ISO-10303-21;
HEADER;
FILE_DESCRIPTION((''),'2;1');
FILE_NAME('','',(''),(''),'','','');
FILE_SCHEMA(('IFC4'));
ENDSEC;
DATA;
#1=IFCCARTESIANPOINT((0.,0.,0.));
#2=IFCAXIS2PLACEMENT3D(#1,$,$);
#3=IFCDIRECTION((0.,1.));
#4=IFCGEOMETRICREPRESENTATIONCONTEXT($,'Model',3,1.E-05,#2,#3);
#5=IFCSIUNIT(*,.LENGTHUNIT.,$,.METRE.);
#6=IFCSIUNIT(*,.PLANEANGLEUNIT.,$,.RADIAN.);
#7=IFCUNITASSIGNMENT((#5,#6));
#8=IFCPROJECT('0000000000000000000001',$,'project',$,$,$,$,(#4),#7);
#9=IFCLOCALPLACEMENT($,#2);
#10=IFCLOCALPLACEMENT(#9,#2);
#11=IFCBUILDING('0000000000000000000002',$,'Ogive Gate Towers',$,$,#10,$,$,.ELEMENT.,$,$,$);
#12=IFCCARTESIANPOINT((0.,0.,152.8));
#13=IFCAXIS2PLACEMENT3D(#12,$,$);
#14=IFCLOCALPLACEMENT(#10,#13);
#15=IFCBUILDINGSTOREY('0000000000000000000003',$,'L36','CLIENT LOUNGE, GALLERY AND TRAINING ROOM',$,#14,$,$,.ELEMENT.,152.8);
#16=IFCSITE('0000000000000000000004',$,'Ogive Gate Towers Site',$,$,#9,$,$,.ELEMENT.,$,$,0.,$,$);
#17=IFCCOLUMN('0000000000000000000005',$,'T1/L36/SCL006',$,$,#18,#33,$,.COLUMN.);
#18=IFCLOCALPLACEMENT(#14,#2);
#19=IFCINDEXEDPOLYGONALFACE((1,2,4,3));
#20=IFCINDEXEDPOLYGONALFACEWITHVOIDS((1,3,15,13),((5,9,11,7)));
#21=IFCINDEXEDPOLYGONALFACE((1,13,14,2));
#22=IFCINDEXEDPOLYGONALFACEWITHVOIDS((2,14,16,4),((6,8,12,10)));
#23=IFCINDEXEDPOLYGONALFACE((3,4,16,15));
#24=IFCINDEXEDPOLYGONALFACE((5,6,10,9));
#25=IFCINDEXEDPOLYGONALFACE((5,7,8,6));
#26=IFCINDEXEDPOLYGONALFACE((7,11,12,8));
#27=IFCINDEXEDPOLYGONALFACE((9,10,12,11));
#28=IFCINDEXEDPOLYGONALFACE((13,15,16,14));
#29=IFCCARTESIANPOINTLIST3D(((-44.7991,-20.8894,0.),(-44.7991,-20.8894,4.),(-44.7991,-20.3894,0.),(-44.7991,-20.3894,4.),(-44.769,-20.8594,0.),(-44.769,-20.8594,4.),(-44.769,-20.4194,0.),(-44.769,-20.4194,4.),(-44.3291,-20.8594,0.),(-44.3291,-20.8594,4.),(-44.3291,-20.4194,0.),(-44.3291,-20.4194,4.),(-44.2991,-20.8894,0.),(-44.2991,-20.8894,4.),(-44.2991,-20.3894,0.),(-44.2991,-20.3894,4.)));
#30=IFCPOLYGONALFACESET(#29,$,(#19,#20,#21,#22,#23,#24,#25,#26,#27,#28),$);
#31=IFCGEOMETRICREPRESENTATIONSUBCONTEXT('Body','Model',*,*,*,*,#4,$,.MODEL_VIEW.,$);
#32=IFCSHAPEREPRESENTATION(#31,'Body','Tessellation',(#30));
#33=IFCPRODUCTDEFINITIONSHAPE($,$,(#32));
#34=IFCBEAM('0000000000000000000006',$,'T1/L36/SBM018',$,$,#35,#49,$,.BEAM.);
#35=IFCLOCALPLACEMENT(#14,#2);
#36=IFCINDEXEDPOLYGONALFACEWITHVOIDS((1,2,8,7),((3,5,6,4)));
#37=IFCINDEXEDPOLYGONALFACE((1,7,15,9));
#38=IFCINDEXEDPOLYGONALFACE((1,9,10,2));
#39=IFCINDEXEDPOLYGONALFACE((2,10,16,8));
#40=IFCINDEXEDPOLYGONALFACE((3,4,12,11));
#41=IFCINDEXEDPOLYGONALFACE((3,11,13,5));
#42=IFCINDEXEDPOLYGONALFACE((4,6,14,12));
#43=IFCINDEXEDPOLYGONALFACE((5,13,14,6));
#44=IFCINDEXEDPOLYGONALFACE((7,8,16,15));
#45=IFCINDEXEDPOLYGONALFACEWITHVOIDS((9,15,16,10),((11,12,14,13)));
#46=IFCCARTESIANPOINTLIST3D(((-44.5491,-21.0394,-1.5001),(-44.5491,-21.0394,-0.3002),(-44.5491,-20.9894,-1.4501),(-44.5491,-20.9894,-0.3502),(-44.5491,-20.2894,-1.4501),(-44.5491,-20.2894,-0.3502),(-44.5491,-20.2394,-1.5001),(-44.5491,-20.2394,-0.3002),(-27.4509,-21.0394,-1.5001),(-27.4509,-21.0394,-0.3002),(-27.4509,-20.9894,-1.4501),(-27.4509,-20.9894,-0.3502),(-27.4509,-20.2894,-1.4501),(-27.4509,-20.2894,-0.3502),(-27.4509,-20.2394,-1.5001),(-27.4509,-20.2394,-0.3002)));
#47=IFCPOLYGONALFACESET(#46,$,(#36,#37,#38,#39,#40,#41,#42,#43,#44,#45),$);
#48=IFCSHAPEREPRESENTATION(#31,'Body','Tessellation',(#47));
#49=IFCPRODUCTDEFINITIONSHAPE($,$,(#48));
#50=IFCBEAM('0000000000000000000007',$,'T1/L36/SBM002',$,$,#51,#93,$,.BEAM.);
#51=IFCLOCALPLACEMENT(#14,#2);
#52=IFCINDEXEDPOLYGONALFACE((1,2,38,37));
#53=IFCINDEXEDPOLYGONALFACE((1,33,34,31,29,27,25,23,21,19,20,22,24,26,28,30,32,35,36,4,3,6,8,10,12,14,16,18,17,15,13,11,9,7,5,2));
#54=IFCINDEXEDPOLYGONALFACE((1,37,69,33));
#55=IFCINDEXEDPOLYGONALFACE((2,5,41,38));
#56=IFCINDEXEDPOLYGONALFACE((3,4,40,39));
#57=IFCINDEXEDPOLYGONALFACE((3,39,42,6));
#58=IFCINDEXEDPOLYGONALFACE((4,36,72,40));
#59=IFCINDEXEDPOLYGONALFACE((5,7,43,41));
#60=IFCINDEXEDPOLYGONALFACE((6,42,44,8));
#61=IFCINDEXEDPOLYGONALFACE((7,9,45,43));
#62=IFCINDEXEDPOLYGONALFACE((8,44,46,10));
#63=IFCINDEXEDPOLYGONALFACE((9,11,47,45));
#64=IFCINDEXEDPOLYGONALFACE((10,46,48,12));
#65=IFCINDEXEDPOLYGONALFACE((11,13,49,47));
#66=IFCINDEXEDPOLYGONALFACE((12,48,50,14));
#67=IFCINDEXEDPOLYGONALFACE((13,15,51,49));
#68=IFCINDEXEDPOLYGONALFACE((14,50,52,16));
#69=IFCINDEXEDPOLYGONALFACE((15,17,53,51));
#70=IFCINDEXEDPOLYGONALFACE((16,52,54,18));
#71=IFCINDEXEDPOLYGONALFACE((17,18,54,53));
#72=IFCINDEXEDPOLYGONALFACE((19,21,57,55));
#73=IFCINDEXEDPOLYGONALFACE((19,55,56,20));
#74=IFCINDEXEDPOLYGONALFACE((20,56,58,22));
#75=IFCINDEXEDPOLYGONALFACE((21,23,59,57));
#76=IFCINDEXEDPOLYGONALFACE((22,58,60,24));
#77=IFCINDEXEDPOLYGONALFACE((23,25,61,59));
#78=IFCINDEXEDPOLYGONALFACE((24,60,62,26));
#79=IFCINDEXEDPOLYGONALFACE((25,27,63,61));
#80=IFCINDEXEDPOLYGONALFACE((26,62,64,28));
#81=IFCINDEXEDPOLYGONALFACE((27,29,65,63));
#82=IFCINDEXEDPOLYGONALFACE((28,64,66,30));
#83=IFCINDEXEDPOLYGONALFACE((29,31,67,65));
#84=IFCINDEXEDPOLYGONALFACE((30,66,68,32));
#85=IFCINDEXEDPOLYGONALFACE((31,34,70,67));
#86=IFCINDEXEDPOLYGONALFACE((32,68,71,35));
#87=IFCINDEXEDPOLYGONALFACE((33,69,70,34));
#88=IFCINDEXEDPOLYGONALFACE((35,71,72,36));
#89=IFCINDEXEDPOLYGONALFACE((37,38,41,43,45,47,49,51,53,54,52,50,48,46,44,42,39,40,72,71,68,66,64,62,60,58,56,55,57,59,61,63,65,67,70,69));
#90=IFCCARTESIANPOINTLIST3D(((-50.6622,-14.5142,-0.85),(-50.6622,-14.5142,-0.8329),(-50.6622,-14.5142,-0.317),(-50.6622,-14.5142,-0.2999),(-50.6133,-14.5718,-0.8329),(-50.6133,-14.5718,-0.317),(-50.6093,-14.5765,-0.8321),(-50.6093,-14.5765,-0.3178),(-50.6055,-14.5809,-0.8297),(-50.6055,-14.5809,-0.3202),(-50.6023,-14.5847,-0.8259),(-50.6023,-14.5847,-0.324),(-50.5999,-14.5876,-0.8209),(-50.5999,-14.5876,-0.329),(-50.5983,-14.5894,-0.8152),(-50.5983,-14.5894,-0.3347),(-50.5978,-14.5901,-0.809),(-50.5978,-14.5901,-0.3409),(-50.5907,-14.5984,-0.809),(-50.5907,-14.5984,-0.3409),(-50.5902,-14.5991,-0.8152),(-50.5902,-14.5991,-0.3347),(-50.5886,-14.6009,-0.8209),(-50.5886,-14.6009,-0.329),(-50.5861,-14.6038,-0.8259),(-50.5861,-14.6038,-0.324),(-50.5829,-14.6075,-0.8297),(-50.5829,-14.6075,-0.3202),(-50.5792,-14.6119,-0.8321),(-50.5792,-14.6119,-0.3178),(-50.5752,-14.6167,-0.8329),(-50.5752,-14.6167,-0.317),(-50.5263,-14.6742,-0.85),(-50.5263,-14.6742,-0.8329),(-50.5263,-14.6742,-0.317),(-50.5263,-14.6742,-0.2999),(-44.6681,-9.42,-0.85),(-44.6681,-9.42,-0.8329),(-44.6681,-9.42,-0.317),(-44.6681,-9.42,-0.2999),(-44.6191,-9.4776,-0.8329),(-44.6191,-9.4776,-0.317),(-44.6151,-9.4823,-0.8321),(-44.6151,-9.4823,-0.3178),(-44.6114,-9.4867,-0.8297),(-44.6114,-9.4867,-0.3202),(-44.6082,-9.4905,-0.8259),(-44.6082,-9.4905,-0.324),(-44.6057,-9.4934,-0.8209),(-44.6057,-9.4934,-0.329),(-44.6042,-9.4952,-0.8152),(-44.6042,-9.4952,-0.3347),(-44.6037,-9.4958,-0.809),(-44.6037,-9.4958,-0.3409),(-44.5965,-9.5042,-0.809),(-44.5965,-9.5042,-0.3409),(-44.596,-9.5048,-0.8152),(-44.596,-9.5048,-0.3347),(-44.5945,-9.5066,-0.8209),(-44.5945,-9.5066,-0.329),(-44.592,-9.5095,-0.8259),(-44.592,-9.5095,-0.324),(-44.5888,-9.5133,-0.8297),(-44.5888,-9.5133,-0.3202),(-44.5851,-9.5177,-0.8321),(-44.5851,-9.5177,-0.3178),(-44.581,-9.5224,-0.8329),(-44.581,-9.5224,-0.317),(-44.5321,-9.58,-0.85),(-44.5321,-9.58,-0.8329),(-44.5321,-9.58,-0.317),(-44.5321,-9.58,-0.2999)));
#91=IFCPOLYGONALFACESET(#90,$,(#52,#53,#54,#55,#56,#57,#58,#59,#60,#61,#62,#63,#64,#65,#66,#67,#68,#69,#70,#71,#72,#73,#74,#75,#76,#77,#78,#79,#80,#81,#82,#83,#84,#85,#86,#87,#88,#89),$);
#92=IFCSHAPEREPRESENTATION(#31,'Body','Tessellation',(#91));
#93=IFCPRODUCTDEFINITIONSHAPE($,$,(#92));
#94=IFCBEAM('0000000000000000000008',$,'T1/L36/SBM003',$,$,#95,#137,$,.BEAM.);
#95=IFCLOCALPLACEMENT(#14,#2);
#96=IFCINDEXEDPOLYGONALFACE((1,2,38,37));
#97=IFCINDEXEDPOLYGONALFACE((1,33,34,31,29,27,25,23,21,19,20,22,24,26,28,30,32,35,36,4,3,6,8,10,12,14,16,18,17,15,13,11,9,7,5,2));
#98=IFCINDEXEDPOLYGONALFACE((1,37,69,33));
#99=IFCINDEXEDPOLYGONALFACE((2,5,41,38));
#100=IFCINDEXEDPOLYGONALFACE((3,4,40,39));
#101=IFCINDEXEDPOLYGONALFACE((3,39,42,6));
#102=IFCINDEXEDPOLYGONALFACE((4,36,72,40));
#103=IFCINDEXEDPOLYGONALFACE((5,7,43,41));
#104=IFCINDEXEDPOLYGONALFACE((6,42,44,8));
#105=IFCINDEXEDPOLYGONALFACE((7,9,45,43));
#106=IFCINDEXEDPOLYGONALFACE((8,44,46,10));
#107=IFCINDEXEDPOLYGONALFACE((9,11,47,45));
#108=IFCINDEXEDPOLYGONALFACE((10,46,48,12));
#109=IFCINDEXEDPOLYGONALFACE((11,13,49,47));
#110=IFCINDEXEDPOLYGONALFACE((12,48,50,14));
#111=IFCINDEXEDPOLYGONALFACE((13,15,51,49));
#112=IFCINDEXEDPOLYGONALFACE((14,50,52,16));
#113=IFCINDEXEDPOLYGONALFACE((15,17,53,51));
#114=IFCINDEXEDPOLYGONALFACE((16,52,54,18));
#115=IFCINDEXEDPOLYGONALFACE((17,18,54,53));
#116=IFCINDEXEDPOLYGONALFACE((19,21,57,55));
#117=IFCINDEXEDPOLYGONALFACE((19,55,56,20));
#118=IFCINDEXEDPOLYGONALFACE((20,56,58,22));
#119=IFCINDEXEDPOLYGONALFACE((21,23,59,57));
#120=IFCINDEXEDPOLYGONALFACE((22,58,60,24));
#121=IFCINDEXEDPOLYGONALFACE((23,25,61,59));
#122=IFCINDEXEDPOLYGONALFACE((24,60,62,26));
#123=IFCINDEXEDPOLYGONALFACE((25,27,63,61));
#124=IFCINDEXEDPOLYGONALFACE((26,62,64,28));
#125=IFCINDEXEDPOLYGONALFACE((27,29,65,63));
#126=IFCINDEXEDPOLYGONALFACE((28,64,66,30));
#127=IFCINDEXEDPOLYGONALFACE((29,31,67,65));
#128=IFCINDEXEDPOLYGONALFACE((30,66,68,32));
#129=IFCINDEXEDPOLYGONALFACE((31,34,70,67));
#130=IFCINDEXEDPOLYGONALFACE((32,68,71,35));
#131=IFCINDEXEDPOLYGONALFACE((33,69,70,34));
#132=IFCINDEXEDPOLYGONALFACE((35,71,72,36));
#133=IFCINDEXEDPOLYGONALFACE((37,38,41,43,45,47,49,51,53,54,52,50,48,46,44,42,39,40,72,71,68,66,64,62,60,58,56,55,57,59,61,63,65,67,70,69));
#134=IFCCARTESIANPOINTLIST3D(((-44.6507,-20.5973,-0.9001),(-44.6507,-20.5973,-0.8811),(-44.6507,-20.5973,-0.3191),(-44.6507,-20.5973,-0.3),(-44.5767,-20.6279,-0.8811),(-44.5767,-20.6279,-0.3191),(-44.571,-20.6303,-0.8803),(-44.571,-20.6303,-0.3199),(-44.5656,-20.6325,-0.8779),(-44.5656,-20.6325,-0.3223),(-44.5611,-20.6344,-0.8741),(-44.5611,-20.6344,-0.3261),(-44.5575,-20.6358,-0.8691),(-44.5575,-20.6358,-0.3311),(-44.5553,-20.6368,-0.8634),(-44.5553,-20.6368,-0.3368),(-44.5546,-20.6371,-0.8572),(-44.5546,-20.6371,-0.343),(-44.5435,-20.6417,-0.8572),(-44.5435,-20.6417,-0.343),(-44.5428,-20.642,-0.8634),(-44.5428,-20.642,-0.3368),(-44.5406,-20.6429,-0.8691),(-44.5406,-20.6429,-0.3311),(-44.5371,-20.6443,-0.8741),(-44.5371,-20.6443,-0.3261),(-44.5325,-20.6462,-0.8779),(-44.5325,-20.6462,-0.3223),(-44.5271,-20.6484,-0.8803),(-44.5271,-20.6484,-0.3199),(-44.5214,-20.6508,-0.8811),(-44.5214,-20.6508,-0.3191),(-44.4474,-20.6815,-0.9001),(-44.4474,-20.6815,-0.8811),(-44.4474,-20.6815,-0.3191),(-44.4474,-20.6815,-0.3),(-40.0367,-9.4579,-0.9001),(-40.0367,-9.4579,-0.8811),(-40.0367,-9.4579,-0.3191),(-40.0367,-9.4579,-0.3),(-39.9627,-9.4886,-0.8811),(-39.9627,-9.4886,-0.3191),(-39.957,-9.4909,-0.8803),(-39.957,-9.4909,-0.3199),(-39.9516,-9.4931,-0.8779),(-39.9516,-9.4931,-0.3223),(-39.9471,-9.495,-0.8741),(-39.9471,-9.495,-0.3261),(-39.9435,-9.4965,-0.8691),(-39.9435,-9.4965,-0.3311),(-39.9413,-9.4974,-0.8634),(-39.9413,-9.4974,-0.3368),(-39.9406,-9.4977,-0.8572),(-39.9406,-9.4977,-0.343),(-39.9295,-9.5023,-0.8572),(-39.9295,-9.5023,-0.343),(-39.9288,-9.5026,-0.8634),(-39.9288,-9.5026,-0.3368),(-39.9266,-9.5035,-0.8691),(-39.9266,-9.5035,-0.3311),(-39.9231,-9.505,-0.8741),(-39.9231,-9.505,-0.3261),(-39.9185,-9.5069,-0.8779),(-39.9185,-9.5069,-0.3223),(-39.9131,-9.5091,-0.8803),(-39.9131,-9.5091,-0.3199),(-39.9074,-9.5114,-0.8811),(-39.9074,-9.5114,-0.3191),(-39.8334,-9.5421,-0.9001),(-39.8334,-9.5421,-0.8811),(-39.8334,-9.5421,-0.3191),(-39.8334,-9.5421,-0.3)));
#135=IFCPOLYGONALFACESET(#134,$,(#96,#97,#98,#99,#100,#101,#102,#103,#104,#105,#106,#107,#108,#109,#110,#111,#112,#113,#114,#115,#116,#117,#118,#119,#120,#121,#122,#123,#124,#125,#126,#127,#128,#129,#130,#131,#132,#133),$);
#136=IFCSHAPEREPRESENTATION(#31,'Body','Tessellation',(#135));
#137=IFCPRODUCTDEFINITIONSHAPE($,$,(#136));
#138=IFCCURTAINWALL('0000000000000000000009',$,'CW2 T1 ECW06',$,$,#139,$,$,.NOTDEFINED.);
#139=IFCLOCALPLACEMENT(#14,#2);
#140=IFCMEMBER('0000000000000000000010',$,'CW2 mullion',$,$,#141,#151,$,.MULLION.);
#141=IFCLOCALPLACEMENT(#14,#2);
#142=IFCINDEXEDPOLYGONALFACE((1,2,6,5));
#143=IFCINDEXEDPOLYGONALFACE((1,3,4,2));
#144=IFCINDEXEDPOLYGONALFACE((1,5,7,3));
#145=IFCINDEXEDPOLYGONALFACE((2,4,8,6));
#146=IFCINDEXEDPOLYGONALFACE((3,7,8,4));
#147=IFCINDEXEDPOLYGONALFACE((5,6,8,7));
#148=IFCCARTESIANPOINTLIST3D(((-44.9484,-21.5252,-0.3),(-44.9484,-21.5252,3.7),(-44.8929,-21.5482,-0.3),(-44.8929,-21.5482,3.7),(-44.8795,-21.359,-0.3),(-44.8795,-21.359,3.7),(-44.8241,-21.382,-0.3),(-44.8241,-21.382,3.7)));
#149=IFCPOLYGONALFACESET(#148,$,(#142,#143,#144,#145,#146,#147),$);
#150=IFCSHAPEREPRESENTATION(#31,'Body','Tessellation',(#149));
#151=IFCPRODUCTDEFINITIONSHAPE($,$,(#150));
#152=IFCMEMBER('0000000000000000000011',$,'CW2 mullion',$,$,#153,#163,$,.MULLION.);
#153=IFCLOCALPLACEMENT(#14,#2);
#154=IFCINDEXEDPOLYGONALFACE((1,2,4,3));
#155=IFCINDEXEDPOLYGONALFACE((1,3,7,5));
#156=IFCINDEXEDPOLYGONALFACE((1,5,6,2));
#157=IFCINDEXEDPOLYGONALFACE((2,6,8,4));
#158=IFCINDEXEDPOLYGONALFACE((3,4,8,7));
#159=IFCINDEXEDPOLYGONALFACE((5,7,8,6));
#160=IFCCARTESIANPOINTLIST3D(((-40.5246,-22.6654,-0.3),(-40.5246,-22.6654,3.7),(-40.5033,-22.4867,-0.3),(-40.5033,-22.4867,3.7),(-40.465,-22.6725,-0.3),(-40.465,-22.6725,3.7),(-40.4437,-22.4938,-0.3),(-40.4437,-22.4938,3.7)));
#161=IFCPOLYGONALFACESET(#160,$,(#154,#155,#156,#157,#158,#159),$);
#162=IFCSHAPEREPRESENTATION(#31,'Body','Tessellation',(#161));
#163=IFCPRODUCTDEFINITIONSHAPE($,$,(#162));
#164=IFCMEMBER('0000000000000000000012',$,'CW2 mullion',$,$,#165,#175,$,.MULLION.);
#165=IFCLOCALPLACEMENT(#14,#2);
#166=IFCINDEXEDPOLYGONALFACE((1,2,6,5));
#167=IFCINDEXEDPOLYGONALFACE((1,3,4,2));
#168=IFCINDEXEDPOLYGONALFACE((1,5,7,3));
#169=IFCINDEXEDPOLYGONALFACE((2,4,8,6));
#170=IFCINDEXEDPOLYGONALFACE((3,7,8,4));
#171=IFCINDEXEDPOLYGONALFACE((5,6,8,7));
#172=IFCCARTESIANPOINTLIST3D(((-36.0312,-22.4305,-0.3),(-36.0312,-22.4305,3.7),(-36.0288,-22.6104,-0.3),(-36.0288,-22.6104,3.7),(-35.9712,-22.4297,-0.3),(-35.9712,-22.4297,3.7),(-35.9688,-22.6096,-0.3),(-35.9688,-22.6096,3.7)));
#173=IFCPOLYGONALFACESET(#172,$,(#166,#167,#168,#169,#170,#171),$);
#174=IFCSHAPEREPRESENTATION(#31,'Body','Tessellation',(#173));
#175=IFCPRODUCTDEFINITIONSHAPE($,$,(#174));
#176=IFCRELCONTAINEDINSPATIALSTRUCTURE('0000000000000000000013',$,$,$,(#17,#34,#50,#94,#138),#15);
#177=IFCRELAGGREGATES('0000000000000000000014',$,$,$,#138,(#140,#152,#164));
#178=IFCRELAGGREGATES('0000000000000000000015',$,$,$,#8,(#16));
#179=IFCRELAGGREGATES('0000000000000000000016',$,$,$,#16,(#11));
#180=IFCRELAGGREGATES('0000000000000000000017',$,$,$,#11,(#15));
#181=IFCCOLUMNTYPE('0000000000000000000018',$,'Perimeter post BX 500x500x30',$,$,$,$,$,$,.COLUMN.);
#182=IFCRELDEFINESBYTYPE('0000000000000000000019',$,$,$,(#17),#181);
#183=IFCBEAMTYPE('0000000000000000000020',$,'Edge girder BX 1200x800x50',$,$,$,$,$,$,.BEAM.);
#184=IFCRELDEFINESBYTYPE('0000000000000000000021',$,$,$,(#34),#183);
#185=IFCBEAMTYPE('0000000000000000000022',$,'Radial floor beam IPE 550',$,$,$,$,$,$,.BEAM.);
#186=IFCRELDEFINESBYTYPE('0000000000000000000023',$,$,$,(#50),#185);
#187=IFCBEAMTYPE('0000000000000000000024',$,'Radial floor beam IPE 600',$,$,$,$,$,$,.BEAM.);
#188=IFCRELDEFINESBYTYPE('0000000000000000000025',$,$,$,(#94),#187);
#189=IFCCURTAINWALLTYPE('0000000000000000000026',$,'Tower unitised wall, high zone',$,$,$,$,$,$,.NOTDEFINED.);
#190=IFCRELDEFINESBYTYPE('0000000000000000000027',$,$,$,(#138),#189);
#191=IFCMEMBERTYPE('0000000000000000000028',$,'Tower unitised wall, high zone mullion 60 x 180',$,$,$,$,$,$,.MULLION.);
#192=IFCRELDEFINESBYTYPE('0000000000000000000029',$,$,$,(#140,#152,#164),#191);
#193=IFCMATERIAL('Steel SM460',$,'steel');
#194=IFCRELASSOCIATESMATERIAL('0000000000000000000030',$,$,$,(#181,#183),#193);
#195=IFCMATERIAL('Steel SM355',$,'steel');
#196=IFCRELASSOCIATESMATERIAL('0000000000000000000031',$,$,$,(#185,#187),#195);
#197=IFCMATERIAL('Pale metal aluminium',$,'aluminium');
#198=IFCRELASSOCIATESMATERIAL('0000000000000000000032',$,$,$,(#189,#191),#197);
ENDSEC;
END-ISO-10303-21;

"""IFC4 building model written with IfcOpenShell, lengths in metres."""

from ifc_helpers import new_model, si_unit, direction, frame, origin, origin_2d, place, context, subcontext, project, spatial, rectangle, hollow_rectangle, i_section, extrude, material, material_profile, profile_set, type_object, element, aggregate, save


model = new_model("IFC4")

# Units and contexts
model_context = context("Model", 3, precision=1e-05, world=origin(), true_north=direction((0.0, 1.0)))
body_context = subcontext(model_context, "Body", "Model", "MODEL_VIEW")
ifc_project = project(units=[si_unit("LENGTHUNIT", "METRE"), si_unit("PLANEANGLEUNIT", "RADIAN")], contexts=[model_context])

# Site, building, storey
site_placement = place(None, origin())
site = spatial("IfcSite", under=ifc_project, at=site_placement, Name="Ogive Gate Towers Site", CompositionType="ELEMENT", RefElevation=0.0)
building_placement = place(site_placement, origin())
building = spatial("IfcBuilding", under=site, at=building_placement, Name="Ogive Gate Towers", CompositionType="ELEMENT")
storey_placement = place(building_placement, frame((0.0, 0.0, 152.8)))
storey = spatial("IfcBuildingStorey", under=building, at=storey_placement, Name="L36", Description="CLIENT LOUNGE, GALLERY AND TRAINING ROOM", CompositionType="ELEMENT", Elevation=152.8)

# Column
ifc_material_1 = material(Name="Steel SM460", Category="steel")
ifc_material_profile_1 = material_profile(ifc_material_1, hollow_rectangle(XDim=0.5, YDim=0.5, WallThickness=0.03, at=origin_2d()), Name="BX 500x500x30")
ifc_profile_set_1 = profile_set([ifc_material_profile_1], Name="Steel SM460")
column_type = type_object("IfcColumnType", Name="Perimeter post BX 500x500x30", PredefinedType="COLUMN", material=ifc_profile_set_1)
column_placement = place(storey_placement, frame((-44.5491, -20.6394, 0.0), z_axis=(0.0, 0.0, 1.0), x_axis=(1.0, 0.0, 0.0)))
element("IfcColumn", 1, at=column_placement, inside=storey, type_object=column_type, Name="T1/L36/SCL006", PredefinedType="COLUMN", context=body_context, shape_type="SweptSolid", body=[
    extrude(hollow_rectangle(XDim=0.5, YDim=0.5, WallThickness=0.03, at=origin_2d()), origin(), (0.0, 0.0, 1.0), 4.0),
])

# Beams
ifc_material_profile_2 = material_profile(ifc_material_1, hollow_rectangle(XDim=0.8, YDim=1.2, WallThickness=0.05, at=origin_2d()), Name="BX 1200x800x50")
ifc_profile_set_2 = profile_set([ifc_material_profile_2], Name="Steel SM460")
beam_type_1 = type_object("IfcBeamType", Name="Edge girder BX 1200x800x50", PredefinedType="BEAM", material=ifc_profile_set_2)
beam_1_placement = place(storey_placement, frame((-44.5491, -20.6394, -0.9001), z_axis=(1.0, 0.0, 0.0), x_axis=(0.0, 1.0, 0.0)))
element("IfcBeam", 2, at=beam_1_placement, inside=storey, type_object=beam_type_1, Name="T1/L36/SBM018", PredefinedType="BEAM", context=body_context, shape_type="SweptSolid", body=[
    extrude(hollow_rectangle(XDim=0.8, YDim=1.2, WallThickness=0.05, at=origin_2d()), origin(), (0.0, 0.0, 1.0), 17.0981),
])
ifc_material_2 = material(Name="Steel SM355", Category="steel")
ifc_material_profile_3 = material_profile(ifc_material_2, i_section(OverallWidth=0.21, OverallDepth=0.55, WebThickness=0.011, FlangeThickness=0.0171, FilletRadius=0.0239, at=origin_2d()), Name="IPE 550")
ifc_profile_set_3 = profile_set([ifc_material_profile_3], Name="Steel SM355")
beam_type_2 = type_object("IfcBeamType", Name="Radial floor beam IPE 550", PredefinedType="BEAM", material=ifc_profile_set_3)
beam_2_placement = place(storey_placement, frame((-44.6001, -9.5, -0.575), z_axis=(-0.761988, -0.647591, 0.0), x_axis=(0.647591, -0.761988, 0.0)))
element("IfcBeam", 3, at=beam_2_placement, inside=storey, type_object=beam_type_2, Name="T1/L36/SBM002", PredefinedType="BEAM", context=body_context, shape_type="SweptSolid", body=[
    extrude(i_section(OverallWidth=0.21, OverallDepth=0.55, WebThickness=0.011, FlangeThickness=0.0171, FilletRadius=0.0239, at=origin_2d()), origin(), (0.0, 0.0, 1.0), 7.8665),
])
ifc_material_profile_4 = material_profile(ifc_material_2, i_section(OverallWidth=0.22, OverallDepth=0.6001, WebThickness=0.012, FlangeThickness=0.019, FilletRadius=0.0239, at=origin_2d()), Name="IPE 600")
ifc_profile_set_4 = profile_set([ifc_material_profile_4], Name="Steel SM355")
beam_type_3 = type_object("IfcBeamType", Name="Radial floor beam IPE 600", PredefinedType="BEAM", material=ifc_profile_set_4)
beam_3_placement = place(storey_placement, frame((-39.9351, -9.5, -0.6001), z_axis=(-0.382678, -0.923882, 0.0), x_axis=(0.923882, -0.382678, 0.0)))
element("IfcBeam", 4, at=beam_3_placement, inside=storey, type_object=beam_type_3, Name="T1/L36/SBM003", PredefinedType="BEAM", context=body_context, shape_type="SweptSolid", body=[
    extrude(i_section(OverallWidth=0.22, OverallDepth=0.6001, WebThickness=0.012, FlangeThickness=0.019, FilletRadius=0.0239, at=origin_2d()), origin(), (0.0, 0.0, 1.0), 12.0571),
])

# Curtain wall, members
ifc_material_3 = material(Name="Pale metal aluminium", Category="aluminium")
curtain_wall_type = type_object("IfcCurtainWallType", Name="Tower unitised wall, high zone", PredefinedType="NOTDEFINED", material=ifc_material_3)
curtain_wall_1_placement = place(storey_placement, origin())
curtain_wall_1 = element("IfcCurtainWall", 5, at=curtain_wall_1_placement, inside=storey, type_object=curtain_wall_type, Name="CW2 T1 ECW06", PredefinedType="NOTDEFINED")
ifc_material_profile_5 = material_profile(ifc_material_3, rectangle(XDim=0.1799, YDim=0.0601, at=origin_2d()), Name="60 x 180 aluminium box")
ifc_profile_set_5 = profile_set([ifc_material_profile_5], Name="Pale metal aluminium")
member_type_1 = type_object("IfcMemberType", Name="Tower unitised wall, high zone mullion 60 x 180", PredefinedType="MULLION", material=ifc_profile_set_5)
member_1_placement = place(storey_placement, frame((-44.8862, -21.4536, -0.3), z_axis=(0.0, 0.0, 1.0), x_axis=(-0.382683, -0.92388, 0.0)))
member_1 = element("IfcMember", 6, at=member_1_placement, type_object=member_type_1, Name="CW2 mullion", PredefinedType="MULLION", context=body_context, shape_type="SweptSolid", body=[
    extrude(rectangle(XDim=0.1799, YDim=0.0601, at=origin_2d()), origin(), (0.0, 0.0, 1.0), 4.0),
])
member_2_placement = place(storey_placement, frame((-40.4841, -22.5796, -0.3), z_axis=(0.0, 0.0, 1.0), x_axis=(-0.118317, -0.992976, 0.0)))
member_2 = element("IfcMember", 7, at=member_2_placement, type_object=member_type_1, Name="CW2 mullion", PredefinedType="MULLION", context=body_context, shape_type="SweptSolid", body=[
    extrude(rectangle(XDim=0.1799, YDim=0.0601, at=origin_2d()), origin(), (0.0, 0.0, 1.0), 4.0),
])
member_3_placement = place(storey_placement, frame((-36.0, -22.52, -0.3), z_axis=(0.0, 0.0, 1.0), x_axis=(0.013282, -0.999912, 0.0)))
member_3 = element("IfcMember", 8, at=member_3_placement, type_object=member_type_1, Name="CW2 mullion", PredefinedType="MULLION", context=body_context, shape_type="SweptSolid", body=[
    extrude(rectangle(XDim=0.1799, YDim=0.0601, at=origin_2d()), origin(), (0.0, 0.0, 1.0), 4.0),
])

aggregate(curtain_wall_1, [member_1, member_2, member_3])

save(model, "model.ifc")
